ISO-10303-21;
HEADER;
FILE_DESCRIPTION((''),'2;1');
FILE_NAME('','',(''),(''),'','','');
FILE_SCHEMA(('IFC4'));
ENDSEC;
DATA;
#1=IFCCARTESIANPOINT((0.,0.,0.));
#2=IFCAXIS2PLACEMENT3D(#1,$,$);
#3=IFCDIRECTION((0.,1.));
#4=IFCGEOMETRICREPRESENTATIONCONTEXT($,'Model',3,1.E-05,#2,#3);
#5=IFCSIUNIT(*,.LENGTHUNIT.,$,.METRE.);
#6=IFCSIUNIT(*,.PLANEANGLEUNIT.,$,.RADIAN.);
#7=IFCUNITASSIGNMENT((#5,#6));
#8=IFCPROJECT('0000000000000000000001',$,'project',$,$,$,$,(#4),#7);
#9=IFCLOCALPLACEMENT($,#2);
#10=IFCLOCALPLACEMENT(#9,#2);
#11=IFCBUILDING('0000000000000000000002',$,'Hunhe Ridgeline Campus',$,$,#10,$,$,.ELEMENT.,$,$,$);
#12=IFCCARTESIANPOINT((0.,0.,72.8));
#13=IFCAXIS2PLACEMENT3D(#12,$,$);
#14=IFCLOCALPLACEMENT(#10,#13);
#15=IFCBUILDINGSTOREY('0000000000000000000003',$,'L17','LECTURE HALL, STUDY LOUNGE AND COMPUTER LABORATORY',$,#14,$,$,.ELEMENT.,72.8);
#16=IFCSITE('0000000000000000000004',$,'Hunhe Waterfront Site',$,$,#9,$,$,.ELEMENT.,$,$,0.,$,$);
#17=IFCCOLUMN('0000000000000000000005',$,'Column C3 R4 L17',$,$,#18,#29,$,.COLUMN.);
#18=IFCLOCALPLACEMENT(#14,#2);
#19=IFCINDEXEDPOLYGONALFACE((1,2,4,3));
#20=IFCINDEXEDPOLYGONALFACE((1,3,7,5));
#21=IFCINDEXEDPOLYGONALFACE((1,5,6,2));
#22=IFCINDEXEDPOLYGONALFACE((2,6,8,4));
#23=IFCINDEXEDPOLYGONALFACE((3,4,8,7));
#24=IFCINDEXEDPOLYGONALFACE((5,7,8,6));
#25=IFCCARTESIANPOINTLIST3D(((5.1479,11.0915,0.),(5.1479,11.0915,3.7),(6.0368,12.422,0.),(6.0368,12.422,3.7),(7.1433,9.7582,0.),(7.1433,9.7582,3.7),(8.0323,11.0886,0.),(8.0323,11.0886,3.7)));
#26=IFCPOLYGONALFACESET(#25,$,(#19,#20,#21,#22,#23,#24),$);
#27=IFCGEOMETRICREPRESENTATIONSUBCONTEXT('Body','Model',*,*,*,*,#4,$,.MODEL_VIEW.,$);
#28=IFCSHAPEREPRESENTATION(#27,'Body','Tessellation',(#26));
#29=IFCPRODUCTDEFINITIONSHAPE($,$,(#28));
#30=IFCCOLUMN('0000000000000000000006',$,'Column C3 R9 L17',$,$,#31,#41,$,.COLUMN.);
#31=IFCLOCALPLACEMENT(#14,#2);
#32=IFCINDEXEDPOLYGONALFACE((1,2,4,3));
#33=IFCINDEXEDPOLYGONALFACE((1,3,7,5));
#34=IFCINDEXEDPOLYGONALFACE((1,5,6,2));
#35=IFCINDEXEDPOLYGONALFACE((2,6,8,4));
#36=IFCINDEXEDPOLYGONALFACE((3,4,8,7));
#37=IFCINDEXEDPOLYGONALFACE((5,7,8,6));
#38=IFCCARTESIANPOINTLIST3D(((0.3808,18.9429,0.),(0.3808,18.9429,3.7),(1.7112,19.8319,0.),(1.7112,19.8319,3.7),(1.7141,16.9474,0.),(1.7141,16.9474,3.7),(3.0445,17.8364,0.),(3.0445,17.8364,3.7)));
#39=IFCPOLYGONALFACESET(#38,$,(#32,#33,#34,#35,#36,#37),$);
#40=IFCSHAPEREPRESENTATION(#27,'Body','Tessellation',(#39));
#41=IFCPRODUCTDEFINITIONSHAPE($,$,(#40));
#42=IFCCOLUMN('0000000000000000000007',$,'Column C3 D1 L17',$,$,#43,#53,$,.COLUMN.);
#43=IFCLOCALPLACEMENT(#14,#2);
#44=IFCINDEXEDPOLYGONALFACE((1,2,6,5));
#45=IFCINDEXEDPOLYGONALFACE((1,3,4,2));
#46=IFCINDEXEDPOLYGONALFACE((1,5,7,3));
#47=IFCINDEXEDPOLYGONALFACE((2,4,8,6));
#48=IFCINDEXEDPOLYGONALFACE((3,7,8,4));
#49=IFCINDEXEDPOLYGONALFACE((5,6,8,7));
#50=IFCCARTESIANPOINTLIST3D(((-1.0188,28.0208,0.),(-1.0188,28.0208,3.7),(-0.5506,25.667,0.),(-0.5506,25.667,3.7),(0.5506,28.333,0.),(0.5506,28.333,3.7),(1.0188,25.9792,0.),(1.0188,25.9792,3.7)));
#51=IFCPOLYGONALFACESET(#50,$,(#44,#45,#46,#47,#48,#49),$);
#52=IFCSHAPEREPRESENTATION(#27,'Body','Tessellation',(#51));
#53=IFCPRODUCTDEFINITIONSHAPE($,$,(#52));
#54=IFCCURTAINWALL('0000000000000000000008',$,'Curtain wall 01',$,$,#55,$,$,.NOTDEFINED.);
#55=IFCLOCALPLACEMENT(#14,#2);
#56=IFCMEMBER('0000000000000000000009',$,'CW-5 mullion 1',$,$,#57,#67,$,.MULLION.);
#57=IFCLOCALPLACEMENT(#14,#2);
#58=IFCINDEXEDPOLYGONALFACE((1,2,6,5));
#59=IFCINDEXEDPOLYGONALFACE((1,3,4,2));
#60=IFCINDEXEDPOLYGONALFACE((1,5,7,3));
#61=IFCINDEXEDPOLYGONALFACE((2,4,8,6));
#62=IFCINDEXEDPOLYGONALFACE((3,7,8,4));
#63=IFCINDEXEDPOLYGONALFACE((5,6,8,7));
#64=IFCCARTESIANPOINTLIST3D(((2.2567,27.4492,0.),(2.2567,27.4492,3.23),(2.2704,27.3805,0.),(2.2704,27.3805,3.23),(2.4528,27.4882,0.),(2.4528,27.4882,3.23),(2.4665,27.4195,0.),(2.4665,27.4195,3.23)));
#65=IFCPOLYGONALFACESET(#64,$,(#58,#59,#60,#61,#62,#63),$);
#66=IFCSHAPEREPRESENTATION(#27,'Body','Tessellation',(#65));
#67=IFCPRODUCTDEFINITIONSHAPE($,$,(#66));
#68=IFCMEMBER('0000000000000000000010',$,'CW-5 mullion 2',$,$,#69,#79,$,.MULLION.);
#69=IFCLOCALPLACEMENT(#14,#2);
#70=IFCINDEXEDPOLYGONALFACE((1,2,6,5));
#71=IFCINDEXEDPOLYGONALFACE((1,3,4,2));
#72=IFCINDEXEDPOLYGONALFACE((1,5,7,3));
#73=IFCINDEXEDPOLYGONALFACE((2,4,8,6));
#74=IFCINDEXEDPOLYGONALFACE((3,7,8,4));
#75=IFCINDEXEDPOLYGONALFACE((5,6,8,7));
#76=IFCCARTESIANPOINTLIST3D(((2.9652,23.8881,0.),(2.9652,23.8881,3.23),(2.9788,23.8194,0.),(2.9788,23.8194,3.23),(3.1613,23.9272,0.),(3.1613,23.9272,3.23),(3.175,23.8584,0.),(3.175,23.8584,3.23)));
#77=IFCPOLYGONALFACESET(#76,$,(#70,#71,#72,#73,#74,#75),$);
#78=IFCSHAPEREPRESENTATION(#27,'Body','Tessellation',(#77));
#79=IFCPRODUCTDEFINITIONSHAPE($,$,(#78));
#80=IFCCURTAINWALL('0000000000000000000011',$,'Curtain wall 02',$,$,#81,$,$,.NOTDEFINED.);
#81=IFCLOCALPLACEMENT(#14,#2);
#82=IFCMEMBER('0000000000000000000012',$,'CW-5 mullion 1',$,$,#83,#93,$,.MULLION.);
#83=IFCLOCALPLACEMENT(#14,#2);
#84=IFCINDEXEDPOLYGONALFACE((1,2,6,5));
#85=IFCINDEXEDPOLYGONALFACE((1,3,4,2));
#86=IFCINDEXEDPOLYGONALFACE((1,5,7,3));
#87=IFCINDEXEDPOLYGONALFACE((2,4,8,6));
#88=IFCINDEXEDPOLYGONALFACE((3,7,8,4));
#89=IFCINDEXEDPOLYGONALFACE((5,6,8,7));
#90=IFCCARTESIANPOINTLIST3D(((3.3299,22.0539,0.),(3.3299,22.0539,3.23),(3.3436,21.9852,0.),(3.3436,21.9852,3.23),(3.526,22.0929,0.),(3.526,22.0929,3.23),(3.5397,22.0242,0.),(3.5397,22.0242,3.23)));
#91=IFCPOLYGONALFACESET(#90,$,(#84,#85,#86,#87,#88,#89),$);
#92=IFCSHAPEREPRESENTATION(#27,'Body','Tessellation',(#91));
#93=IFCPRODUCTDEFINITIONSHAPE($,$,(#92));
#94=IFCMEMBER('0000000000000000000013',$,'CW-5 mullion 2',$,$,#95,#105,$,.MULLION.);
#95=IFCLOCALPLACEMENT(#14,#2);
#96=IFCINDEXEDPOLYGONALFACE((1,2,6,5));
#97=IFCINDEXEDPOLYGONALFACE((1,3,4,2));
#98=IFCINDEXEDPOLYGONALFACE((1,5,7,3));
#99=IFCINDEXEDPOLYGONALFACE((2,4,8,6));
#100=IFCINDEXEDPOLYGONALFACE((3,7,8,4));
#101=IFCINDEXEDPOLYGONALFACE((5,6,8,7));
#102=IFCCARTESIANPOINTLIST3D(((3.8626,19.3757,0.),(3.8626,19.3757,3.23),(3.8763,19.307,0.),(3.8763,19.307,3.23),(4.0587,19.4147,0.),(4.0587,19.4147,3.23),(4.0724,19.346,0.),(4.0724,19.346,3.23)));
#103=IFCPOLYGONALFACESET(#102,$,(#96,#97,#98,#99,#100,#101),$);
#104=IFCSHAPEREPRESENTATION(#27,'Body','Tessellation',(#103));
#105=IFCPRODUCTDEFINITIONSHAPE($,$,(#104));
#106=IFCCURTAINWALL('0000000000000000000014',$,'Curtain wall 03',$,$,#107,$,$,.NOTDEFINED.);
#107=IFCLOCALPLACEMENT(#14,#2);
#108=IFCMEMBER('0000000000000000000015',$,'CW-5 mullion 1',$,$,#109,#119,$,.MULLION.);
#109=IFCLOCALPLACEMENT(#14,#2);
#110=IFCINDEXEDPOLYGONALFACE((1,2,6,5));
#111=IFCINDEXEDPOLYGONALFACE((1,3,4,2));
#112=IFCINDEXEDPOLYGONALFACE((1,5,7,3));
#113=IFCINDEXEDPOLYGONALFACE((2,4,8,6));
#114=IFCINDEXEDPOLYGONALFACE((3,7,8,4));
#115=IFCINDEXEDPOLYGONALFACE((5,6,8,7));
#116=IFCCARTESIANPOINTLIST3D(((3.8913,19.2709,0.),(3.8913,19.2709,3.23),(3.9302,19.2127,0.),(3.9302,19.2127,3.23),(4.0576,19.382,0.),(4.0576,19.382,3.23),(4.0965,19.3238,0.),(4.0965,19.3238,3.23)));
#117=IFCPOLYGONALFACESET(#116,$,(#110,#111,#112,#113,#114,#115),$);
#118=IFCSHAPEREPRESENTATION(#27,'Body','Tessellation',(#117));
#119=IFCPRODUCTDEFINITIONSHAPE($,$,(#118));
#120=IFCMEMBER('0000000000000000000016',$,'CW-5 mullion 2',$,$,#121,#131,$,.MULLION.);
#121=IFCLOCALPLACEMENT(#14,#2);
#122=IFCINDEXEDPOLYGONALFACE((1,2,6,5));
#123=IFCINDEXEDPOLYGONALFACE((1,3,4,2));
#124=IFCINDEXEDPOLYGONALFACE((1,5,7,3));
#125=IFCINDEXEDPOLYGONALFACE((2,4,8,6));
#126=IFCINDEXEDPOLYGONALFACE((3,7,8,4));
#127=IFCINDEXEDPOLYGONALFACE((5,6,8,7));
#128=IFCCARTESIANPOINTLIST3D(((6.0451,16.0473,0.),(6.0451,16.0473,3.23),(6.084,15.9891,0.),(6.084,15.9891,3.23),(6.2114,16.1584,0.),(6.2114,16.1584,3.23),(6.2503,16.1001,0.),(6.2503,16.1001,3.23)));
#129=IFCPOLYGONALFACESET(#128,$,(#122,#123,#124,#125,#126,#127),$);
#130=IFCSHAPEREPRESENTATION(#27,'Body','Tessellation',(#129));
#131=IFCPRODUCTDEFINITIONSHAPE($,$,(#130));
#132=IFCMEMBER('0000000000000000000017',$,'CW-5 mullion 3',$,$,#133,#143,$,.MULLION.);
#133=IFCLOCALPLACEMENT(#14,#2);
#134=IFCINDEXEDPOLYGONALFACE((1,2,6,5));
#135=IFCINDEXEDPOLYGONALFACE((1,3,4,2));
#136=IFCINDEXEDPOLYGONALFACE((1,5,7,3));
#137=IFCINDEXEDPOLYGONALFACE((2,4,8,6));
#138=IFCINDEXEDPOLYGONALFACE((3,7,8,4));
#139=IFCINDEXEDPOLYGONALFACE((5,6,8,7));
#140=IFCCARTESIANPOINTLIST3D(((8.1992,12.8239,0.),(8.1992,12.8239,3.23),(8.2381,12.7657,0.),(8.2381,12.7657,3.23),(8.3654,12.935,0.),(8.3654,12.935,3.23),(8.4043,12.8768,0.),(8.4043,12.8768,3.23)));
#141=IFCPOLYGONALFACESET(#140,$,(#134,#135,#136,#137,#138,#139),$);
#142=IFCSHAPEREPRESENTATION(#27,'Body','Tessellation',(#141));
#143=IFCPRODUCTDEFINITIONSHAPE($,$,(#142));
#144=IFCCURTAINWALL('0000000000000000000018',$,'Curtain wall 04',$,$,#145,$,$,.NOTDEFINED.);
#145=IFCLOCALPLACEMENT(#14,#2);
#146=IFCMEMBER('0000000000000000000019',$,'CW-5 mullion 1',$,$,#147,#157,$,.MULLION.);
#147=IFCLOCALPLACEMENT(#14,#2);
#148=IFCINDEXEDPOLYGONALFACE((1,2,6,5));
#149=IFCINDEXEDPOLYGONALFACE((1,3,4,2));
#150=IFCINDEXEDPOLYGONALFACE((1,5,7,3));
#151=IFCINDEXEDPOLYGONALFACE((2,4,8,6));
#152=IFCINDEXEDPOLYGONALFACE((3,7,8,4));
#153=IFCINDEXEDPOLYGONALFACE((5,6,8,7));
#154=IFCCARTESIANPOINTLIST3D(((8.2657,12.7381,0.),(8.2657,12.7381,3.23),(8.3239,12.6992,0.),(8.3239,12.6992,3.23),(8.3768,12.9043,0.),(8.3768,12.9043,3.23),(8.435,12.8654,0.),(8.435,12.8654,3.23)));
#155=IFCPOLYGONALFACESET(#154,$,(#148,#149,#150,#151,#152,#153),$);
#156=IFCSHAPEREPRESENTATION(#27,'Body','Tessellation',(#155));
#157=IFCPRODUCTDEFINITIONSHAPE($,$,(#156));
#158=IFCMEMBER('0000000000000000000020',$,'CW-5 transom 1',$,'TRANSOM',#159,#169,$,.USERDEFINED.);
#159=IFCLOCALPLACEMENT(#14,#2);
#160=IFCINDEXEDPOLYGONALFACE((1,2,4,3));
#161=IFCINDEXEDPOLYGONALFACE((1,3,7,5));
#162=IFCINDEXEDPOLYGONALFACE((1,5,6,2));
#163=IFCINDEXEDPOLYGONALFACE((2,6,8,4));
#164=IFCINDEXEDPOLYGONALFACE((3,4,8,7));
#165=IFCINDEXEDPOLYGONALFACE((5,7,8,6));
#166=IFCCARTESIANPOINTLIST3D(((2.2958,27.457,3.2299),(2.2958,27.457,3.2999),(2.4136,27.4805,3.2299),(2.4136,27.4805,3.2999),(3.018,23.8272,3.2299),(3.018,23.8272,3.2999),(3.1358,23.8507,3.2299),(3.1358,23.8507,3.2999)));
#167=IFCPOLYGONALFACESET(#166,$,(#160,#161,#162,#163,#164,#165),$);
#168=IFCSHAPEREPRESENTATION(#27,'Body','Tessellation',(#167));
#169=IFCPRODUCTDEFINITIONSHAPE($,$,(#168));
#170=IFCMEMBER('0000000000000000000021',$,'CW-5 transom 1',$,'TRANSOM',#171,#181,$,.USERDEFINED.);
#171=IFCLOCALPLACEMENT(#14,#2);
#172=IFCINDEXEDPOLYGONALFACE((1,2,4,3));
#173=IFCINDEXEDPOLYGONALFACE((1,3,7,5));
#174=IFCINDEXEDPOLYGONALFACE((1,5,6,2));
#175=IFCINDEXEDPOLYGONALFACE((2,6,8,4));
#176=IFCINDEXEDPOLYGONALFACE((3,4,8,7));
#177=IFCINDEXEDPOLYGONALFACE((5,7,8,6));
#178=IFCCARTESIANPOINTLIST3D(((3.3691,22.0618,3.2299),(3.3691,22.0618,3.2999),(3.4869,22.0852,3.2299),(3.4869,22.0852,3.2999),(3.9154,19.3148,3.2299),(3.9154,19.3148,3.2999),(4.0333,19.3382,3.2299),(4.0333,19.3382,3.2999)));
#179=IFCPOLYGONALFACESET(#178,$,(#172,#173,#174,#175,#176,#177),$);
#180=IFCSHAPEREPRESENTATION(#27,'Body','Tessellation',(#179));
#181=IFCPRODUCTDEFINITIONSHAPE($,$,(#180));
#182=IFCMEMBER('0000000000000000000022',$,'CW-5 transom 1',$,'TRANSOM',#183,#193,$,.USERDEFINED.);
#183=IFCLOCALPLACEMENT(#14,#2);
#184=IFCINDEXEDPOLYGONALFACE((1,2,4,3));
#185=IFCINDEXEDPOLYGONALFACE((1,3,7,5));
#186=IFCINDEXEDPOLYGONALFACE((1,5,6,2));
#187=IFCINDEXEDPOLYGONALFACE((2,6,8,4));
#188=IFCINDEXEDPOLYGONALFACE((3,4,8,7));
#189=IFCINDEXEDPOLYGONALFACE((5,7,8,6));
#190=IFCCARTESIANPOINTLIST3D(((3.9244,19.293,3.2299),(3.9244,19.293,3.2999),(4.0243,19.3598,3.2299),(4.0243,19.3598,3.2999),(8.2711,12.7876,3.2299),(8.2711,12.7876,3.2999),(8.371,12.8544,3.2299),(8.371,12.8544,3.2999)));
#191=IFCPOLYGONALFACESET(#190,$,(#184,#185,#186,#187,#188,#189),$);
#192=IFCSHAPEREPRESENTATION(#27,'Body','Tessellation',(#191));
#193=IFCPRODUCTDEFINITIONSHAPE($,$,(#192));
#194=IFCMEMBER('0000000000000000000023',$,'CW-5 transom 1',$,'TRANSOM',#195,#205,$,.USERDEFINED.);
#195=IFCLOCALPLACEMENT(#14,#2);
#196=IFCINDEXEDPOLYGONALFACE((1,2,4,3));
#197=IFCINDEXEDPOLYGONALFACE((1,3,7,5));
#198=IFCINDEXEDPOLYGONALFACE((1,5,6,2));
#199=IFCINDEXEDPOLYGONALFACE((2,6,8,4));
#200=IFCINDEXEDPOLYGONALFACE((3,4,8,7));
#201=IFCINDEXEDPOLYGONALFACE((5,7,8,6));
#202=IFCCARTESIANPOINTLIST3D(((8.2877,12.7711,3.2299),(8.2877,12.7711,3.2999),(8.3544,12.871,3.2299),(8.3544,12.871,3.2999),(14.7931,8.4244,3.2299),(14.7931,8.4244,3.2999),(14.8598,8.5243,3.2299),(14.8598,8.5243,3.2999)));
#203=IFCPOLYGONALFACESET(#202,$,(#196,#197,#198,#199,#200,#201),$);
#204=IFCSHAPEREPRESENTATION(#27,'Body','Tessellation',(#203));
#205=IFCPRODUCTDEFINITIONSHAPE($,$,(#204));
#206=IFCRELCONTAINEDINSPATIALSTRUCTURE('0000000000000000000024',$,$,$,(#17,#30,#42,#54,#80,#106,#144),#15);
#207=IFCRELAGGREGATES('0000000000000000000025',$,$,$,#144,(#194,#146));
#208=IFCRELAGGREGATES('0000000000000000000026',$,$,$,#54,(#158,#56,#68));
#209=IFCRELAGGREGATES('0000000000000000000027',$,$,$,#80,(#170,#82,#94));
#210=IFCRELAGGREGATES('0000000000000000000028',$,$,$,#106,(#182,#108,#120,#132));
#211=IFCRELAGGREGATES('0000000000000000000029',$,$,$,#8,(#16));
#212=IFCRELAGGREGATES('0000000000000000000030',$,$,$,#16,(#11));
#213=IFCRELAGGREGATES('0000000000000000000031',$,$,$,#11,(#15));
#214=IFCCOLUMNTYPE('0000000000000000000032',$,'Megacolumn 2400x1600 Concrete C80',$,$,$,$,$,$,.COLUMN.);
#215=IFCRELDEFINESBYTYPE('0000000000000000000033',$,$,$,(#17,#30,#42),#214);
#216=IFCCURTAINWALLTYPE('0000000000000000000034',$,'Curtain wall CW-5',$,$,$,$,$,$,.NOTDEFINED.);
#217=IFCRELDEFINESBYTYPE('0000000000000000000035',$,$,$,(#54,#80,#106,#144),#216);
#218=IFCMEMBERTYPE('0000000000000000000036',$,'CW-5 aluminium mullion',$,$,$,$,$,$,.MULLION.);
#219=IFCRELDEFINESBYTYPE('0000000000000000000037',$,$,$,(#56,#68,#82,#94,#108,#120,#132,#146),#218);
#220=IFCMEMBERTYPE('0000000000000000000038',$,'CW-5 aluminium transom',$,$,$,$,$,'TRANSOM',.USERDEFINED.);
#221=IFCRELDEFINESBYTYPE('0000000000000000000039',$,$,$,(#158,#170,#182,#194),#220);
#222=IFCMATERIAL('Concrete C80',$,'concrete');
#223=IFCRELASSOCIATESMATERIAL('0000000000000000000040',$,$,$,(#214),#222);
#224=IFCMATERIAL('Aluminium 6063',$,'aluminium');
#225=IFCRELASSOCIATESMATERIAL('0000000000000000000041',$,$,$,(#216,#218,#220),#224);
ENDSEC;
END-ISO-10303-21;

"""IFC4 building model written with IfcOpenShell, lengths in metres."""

from ifc_helpers import new_model, si_unit, direction, frame, origin, origin_2d, place, context, subcontext, project, spatial, rectangle, extrude, material, material_profile, profile_set, type_object, element, aggregate, save


model = new_model("IFC4")

# Units and contexts
model_context = context("Model", 3, precision=1e-05, world=origin(), true_north=direction((0.0, 1.0)))
body_context = subcontext(model_context, "Body", "Model", "MODEL_VIEW")
ifc_project = project(units=[si_unit("LENGTHUNIT", "METRE"), si_unit("PLANEANGLEUNIT", "RADIAN")], contexts=[model_context])

# Site, building, storey
site_placement = place(None, origin())
site = spatial("IfcSite", under=ifc_project, at=site_placement, Name="Hunhe Waterfront Site", CompositionType="ELEMENT", RefElevation=0.0)
building_placement = place(site_placement, origin())
building = spatial("IfcBuilding", under=site, at=building_placement, Name="Hunhe Ridgeline Campus", CompositionType="ELEMENT")
storey_placement = place(building_placement, frame((0.0, 0.0, 72.8)))
storey = spatial("IfcBuildingStorey", under=building, at=storey_placement, Name="L17", Description="LECTURE HALL, STUDY LOUNGE AND COMPUTER LABORATORY", CompositionType="ELEMENT", Elevation=72.8)

# Columns
ifc_material_1 = material(Name="Concrete C80", Category="concrete")
ifc_material_profile_1 = material_profile(ifc_material_1, rectangle(XDim=2.3999, YDim=1.6001, at=origin_2d()))
ifc_profile_set_1 = profile_set([ifc_material_profile_1], Name="Concrete C80")
column_type = type_object("IfcColumnType", Name="Megacolumn 2400x1600 Concrete C80", PredefinedType="COLUMN", material=ifc_profile_set_1)
for number, where, z_axis, x_axis, name in (
    (1, (6.5901, 11.0901, 0.0), (0.0, 0.0, 1.0), (-0.83147, 0.55557, 0.0), "Column C3 R4 L17"),
    (2, (1.7126, 18.3896, 0.0), (0.0, 0.0, 1.0), (-0.55557, 0.83147, 0.0), "Column C3 R9 L17"),
    (3, (0.0, 27.0, 0.0), (0.0, 0.0, 1.0), (-0.19509, 0.980785, 0.0), "Column C3 D1 L17"),
):
    element("IfcColumn", number, at=place(storey_placement, frame(where, z_axis=z_axis, x_axis=x_axis)), inside=storey, type_object=column_type, Name=name, PredefinedType="COLUMN", context=body_context, shape_type="SweptSolid", body=[
        extrude(rectangle(XDim=2.3999, YDim=1.6001, at=origin_2d()), origin(), (0.0, 0.0, 1.0), 3.7),
    ])

# Curtain walls, members
ifc_material_2 = material(Name="Aluminium 6063", Category="aluminium")
curtain_wall_type = type_object("IfcCurtainWallType", Name="Curtain wall CW-5", PredefinedType="NOTDEFINED", material=ifc_material_2)
curtain_wall_1_placement = place(storey_placement, origin())
curtain_wall_1 = element("IfcCurtainWall", 4, at=curtain_wall_1_placement, inside=storey, type_object=curtain_wall_type, Name="Curtain wall 01", PredefinedType="NOTDEFINED")
ifc_material_profile_2 = material_profile(ifc_material_2, rectangle(XDim=0.2, YDim=0.0701, at=origin_2d()))
ifc_profile_set_2 = profile_set([ifc_material_profile_2], Name="Aluminium 6063")
member_type_1 = type_object("IfcMemberType", Name="CW-5 aluminium mullion", PredefinedType="MULLION", material=ifc_profile_set_2)
member_1_placement = place(storey_placement, frame((2.3616, 27.4343, 0.0), z_axis=(0.0, 0.0, 1.0), x_axis=(0.980784, 0.195095, 0.0)))
member_1 = element("IfcMember", 5, at=member_1_placement, type_object=member_type_1, Name="CW-5 mullion 1", PredefinedType="MULLION", context=body_context, shape_type="SweptSolid", body=[
    extrude(rectangle(XDim=0.2, YDim=0.0701, at=origin_2d()), origin(), (0.0, 0.0, 1.0), 3.23),
])
member_2_placement = place(storey_placement, frame((3.0701, 23.8733, 0.0), z_axis=(0.0, 0.0, 1.0), x_axis=(0.980784, 0.195095, 0.0)))
member_2 = element("IfcMember", 6, at=member_2_placement, type_object=member_type_1, Name="CW-5 mullion 2", PredefinedType="MULLION", context=body_context, shape_type="SweptSolid", body=[
    extrude(rectangle(XDim=0.2, YDim=0.0701, at=origin_2d()), origin(), (0.0, 0.0, 1.0), 3.23),
])
curtain_wall_2_placement = place(storey_placement, origin())
curtain_wall_2 = element("IfcCurtainWall", 7, at=curtain_wall_2_placement, inside=storey, type_object=curtain_wall_type, Name="Curtain wall 02", PredefinedType="NOTDEFINED")
member_3_placement = place(storey_placement, frame((3.4348, 22.0391, 0.0), z_axis=(0.0, 0.0, 1.0), x_axis=(0.980784, 0.195095, 0.0)))
member_3 = element("IfcMember", 8, at=member_3_placement, type_object=member_type_1, Name="CW-5 mullion 1", PredefinedType="MULLION", context=body_context, shape_type="SweptSolid", body=[
    extrude(rectangle(XDim=0.2, YDim=0.0701, at=origin_2d()), origin(), (0.0, 0.0, 1.0), 3.23),
])
member_4_placement = place(storey_placement, frame((3.9675, 19.3608, 0.0), z_axis=(0.0, 0.0, 1.0), x_axis=(0.980784, 0.195095, 0.0)))
member_4 = element("IfcMember", 9, at=member_4_placement, type_object=member_type_1, Name="CW-5 mullion 2", PredefinedType="MULLION", context=body_context, shape_type="SweptSolid", body=[
    extrude(rectangle(XDim=0.2, YDim=0.0701, at=origin_2d()), origin(), (0.0, 0.0, 1.0), 3.23),
])
curtain_wall_3_placement = place(storey_placement, origin())
curtain_wall_3 = element("IfcCurtainWall", 10, at=curtain_wall_3_placement, inside=storey, type_object=curtain_wall_type, Name="Curtain wall 03", PredefinedType="NOTDEFINED")
member_5_placement = place(storey_placement, frame((3.9939, 19.2974, 0.0), z_axis=(0.0, 0.0, 1.0), x_axis=(0.83147, 0.55557, 0.0)))
member_5 = element("IfcMember", 11, at=member_5_placement, type_object=member_type_1, Name="CW-5 mullion 1", PredefinedType="MULLION", context=body_context, shape_type="SweptSolid", body=[
    extrude(rectangle(XDim=0.2, YDim=0.0701, at=origin_2d()), origin(), (0.0, 0.0, 1.0), 3.23),
])
member_6_placement = place(storey_placement, frame((6.1477, 16.0737, 0.0), z_axis=(0.0, 0.0, 1.0), x_axis=(0.83147, 0.55557, 0.0)))
member_6 = element("IfcMember", 12, at=member_6_placement, type_object=member_type_1, Name="CW-5 mullion 2", PredefinedType="MULLION", context=body_context, shape_type="SweptSolid", body=[
    extrude(rectangle(XDim=0.2, YDim=0.0701, at=origin_2d()), origin(), (0.0, 0.0, 1.0), 3.23),
])
member_7_placement = place(storey_placement, frame((8.3018, 12.8503, 0.0), z_axis=(0.0, 0.0, 1.0), x_axis=(0.83147, 0.55557, 0.0)))
member_7 = element("IfcMember", 13, at=member_7_placement, type_object=member_type_1, Name="CW-5 mullion 3", PredefinedType="MULLION", context=body_context, shape_type="SweptSolid", body=[
    extrude(rectangle(XDim=0.2, YDim=0.0701, at=origin_2d()), origin(), (0.0, 0.0, 1.0), 3.23),
])

# Curtain wall, member
curtain_wall_4_placement = place(storey_placement, origin())
curtain_wall_4 = element("IfcCurtainWall", 14, at=curtain_wall_4_placement, inside=storey, type_object=curtain_wall_type, Name="Curtain wall 04", PredefinedType="NOTDEFINED")
member_8_placement = place(storey_placement, frame((8.3503, 12.8018, 0.0), z_axis=(0.0, 0.0, 1.0), x_axis=(0.55557, 0.83147, 0.0)))
member_8 = element("IfcMember", 15, at=member_8_placement, type_object=member_type_1, Name="CW-5 mullion 1", PredefinedType="MULLION", context=body_context, shape_type="SweptSolid", body=[
    extrude(rectangle(XDim=0.2, YDim=0.0701, at=origin_2d()), origin(), (0.0, 0.0, 1.0), 3.23),
])

# Members
ifc_material_profile_3 = material_profile(ifc_material_2, rectangle(XDim=0.1201, YDim=0.0701, at=origin_2d()))
ifc_profile_set_3 = profile_set([ifc_material_profile_3], Name="Aluminium 6063")
member_type_2 = type_object("IfcMemberType", Name="CW-5 aluminium transom", ElementType="TRANSOM", PredefinedType="USERDEFINED", material=ifc_profile_set_3)
member_9_placement = place(storey_placement, frame((2.3547, 27.4688, 3.2649), z_axis=(0.195127, -0.980778, 0.0), x_axis=(0.980778, 0.195127, 0.0)))
member_9 = element("IfcMember", 16, at=member_9_placement, type_object=member_type_2, Name="CW-5 transom 1", ObjectType="TRANSOM", PredefinedType="USERDEFINED", context=body_context, shape_type="SweptSolid", body=[
    extrude(rectangle(XDim=0.1201, YDim=0.0701, at=origin_2d()), origin(), (0.0, 0.0, 1.0), 3.7009),
])
member_10_placement = place(storey_placement, frame((3.428, 22.0735, 3.2649), z_axis=(0.195077, -0.980788, 0.0), x_axis=(0.980788, 0.195077, 0.0)))
member_10 = element("IfcMember", 17, at=member_10_placement, type_object=member_type_2, Name="CW-5 transom 1", ObjectType="TRANSOM", PredefinedType="USERDEFINED", context=body_context, shape_type="SweptSolid", body=[
    extrude(rectangle(XDim=0.1201, YDim=0.0701, at=origin_2d()), origin(), (0.0, 0.0, 1.0), 2.8008),
])
member_11_placement = place(storey_placement, frame((3.9744, 19.3264, 3.2649), z_axis=(0.555564, -0.831474, 0.0), x_axis=(0.831474, 0.555564, 0.0)))
member_11 = element("IfcMember", 18, at=member_11_placement, type_object=member_type_2, Name="CW-5 transom 1", ObjectType="TRANSOM", PredefinedType="USERDEFINED", context=body_context, shape_type="SweptSolid", body=[
    extrude(rectangle(XDim=0.1201, YDim=0.0701, at=origin_2d()), origin(), (0.0, 0.0, 1.0), 7.824),
])
member_12_placement = place(storey_placement, frame((8.321, 12.821, 3.2649), z_axis=(0.831474, -0.555564, 0.0), x_axis=(0.555564, 0.831474, 0.0)))
member_12 = element("IfcMember", 19, at=member_12_placement, type_object=member_type_2, Name="CW-5 transom 1", ObjectType="TRANSOM", PredefinedType="USERDEFINED", context=body_context, shape_type="SweptSolid", body=[
    extrude(rectangle(XDim=0.1201, YDim=0.0701, at=origin_2d()), origin(), (0.0, 0.0, 1.0), 7.824),
])
aggregate(curtain_wall_4, [member_12, member_8])

aggregate(curtain_wall_1, [member_9, member_1, member_2])
aggregate(curtain_wall_2, [member_10, member_3, member_4])
aggregate(curtain_wall_3, [member_11, member_5, member_6, member_7])

save(model, "model.ifc")
